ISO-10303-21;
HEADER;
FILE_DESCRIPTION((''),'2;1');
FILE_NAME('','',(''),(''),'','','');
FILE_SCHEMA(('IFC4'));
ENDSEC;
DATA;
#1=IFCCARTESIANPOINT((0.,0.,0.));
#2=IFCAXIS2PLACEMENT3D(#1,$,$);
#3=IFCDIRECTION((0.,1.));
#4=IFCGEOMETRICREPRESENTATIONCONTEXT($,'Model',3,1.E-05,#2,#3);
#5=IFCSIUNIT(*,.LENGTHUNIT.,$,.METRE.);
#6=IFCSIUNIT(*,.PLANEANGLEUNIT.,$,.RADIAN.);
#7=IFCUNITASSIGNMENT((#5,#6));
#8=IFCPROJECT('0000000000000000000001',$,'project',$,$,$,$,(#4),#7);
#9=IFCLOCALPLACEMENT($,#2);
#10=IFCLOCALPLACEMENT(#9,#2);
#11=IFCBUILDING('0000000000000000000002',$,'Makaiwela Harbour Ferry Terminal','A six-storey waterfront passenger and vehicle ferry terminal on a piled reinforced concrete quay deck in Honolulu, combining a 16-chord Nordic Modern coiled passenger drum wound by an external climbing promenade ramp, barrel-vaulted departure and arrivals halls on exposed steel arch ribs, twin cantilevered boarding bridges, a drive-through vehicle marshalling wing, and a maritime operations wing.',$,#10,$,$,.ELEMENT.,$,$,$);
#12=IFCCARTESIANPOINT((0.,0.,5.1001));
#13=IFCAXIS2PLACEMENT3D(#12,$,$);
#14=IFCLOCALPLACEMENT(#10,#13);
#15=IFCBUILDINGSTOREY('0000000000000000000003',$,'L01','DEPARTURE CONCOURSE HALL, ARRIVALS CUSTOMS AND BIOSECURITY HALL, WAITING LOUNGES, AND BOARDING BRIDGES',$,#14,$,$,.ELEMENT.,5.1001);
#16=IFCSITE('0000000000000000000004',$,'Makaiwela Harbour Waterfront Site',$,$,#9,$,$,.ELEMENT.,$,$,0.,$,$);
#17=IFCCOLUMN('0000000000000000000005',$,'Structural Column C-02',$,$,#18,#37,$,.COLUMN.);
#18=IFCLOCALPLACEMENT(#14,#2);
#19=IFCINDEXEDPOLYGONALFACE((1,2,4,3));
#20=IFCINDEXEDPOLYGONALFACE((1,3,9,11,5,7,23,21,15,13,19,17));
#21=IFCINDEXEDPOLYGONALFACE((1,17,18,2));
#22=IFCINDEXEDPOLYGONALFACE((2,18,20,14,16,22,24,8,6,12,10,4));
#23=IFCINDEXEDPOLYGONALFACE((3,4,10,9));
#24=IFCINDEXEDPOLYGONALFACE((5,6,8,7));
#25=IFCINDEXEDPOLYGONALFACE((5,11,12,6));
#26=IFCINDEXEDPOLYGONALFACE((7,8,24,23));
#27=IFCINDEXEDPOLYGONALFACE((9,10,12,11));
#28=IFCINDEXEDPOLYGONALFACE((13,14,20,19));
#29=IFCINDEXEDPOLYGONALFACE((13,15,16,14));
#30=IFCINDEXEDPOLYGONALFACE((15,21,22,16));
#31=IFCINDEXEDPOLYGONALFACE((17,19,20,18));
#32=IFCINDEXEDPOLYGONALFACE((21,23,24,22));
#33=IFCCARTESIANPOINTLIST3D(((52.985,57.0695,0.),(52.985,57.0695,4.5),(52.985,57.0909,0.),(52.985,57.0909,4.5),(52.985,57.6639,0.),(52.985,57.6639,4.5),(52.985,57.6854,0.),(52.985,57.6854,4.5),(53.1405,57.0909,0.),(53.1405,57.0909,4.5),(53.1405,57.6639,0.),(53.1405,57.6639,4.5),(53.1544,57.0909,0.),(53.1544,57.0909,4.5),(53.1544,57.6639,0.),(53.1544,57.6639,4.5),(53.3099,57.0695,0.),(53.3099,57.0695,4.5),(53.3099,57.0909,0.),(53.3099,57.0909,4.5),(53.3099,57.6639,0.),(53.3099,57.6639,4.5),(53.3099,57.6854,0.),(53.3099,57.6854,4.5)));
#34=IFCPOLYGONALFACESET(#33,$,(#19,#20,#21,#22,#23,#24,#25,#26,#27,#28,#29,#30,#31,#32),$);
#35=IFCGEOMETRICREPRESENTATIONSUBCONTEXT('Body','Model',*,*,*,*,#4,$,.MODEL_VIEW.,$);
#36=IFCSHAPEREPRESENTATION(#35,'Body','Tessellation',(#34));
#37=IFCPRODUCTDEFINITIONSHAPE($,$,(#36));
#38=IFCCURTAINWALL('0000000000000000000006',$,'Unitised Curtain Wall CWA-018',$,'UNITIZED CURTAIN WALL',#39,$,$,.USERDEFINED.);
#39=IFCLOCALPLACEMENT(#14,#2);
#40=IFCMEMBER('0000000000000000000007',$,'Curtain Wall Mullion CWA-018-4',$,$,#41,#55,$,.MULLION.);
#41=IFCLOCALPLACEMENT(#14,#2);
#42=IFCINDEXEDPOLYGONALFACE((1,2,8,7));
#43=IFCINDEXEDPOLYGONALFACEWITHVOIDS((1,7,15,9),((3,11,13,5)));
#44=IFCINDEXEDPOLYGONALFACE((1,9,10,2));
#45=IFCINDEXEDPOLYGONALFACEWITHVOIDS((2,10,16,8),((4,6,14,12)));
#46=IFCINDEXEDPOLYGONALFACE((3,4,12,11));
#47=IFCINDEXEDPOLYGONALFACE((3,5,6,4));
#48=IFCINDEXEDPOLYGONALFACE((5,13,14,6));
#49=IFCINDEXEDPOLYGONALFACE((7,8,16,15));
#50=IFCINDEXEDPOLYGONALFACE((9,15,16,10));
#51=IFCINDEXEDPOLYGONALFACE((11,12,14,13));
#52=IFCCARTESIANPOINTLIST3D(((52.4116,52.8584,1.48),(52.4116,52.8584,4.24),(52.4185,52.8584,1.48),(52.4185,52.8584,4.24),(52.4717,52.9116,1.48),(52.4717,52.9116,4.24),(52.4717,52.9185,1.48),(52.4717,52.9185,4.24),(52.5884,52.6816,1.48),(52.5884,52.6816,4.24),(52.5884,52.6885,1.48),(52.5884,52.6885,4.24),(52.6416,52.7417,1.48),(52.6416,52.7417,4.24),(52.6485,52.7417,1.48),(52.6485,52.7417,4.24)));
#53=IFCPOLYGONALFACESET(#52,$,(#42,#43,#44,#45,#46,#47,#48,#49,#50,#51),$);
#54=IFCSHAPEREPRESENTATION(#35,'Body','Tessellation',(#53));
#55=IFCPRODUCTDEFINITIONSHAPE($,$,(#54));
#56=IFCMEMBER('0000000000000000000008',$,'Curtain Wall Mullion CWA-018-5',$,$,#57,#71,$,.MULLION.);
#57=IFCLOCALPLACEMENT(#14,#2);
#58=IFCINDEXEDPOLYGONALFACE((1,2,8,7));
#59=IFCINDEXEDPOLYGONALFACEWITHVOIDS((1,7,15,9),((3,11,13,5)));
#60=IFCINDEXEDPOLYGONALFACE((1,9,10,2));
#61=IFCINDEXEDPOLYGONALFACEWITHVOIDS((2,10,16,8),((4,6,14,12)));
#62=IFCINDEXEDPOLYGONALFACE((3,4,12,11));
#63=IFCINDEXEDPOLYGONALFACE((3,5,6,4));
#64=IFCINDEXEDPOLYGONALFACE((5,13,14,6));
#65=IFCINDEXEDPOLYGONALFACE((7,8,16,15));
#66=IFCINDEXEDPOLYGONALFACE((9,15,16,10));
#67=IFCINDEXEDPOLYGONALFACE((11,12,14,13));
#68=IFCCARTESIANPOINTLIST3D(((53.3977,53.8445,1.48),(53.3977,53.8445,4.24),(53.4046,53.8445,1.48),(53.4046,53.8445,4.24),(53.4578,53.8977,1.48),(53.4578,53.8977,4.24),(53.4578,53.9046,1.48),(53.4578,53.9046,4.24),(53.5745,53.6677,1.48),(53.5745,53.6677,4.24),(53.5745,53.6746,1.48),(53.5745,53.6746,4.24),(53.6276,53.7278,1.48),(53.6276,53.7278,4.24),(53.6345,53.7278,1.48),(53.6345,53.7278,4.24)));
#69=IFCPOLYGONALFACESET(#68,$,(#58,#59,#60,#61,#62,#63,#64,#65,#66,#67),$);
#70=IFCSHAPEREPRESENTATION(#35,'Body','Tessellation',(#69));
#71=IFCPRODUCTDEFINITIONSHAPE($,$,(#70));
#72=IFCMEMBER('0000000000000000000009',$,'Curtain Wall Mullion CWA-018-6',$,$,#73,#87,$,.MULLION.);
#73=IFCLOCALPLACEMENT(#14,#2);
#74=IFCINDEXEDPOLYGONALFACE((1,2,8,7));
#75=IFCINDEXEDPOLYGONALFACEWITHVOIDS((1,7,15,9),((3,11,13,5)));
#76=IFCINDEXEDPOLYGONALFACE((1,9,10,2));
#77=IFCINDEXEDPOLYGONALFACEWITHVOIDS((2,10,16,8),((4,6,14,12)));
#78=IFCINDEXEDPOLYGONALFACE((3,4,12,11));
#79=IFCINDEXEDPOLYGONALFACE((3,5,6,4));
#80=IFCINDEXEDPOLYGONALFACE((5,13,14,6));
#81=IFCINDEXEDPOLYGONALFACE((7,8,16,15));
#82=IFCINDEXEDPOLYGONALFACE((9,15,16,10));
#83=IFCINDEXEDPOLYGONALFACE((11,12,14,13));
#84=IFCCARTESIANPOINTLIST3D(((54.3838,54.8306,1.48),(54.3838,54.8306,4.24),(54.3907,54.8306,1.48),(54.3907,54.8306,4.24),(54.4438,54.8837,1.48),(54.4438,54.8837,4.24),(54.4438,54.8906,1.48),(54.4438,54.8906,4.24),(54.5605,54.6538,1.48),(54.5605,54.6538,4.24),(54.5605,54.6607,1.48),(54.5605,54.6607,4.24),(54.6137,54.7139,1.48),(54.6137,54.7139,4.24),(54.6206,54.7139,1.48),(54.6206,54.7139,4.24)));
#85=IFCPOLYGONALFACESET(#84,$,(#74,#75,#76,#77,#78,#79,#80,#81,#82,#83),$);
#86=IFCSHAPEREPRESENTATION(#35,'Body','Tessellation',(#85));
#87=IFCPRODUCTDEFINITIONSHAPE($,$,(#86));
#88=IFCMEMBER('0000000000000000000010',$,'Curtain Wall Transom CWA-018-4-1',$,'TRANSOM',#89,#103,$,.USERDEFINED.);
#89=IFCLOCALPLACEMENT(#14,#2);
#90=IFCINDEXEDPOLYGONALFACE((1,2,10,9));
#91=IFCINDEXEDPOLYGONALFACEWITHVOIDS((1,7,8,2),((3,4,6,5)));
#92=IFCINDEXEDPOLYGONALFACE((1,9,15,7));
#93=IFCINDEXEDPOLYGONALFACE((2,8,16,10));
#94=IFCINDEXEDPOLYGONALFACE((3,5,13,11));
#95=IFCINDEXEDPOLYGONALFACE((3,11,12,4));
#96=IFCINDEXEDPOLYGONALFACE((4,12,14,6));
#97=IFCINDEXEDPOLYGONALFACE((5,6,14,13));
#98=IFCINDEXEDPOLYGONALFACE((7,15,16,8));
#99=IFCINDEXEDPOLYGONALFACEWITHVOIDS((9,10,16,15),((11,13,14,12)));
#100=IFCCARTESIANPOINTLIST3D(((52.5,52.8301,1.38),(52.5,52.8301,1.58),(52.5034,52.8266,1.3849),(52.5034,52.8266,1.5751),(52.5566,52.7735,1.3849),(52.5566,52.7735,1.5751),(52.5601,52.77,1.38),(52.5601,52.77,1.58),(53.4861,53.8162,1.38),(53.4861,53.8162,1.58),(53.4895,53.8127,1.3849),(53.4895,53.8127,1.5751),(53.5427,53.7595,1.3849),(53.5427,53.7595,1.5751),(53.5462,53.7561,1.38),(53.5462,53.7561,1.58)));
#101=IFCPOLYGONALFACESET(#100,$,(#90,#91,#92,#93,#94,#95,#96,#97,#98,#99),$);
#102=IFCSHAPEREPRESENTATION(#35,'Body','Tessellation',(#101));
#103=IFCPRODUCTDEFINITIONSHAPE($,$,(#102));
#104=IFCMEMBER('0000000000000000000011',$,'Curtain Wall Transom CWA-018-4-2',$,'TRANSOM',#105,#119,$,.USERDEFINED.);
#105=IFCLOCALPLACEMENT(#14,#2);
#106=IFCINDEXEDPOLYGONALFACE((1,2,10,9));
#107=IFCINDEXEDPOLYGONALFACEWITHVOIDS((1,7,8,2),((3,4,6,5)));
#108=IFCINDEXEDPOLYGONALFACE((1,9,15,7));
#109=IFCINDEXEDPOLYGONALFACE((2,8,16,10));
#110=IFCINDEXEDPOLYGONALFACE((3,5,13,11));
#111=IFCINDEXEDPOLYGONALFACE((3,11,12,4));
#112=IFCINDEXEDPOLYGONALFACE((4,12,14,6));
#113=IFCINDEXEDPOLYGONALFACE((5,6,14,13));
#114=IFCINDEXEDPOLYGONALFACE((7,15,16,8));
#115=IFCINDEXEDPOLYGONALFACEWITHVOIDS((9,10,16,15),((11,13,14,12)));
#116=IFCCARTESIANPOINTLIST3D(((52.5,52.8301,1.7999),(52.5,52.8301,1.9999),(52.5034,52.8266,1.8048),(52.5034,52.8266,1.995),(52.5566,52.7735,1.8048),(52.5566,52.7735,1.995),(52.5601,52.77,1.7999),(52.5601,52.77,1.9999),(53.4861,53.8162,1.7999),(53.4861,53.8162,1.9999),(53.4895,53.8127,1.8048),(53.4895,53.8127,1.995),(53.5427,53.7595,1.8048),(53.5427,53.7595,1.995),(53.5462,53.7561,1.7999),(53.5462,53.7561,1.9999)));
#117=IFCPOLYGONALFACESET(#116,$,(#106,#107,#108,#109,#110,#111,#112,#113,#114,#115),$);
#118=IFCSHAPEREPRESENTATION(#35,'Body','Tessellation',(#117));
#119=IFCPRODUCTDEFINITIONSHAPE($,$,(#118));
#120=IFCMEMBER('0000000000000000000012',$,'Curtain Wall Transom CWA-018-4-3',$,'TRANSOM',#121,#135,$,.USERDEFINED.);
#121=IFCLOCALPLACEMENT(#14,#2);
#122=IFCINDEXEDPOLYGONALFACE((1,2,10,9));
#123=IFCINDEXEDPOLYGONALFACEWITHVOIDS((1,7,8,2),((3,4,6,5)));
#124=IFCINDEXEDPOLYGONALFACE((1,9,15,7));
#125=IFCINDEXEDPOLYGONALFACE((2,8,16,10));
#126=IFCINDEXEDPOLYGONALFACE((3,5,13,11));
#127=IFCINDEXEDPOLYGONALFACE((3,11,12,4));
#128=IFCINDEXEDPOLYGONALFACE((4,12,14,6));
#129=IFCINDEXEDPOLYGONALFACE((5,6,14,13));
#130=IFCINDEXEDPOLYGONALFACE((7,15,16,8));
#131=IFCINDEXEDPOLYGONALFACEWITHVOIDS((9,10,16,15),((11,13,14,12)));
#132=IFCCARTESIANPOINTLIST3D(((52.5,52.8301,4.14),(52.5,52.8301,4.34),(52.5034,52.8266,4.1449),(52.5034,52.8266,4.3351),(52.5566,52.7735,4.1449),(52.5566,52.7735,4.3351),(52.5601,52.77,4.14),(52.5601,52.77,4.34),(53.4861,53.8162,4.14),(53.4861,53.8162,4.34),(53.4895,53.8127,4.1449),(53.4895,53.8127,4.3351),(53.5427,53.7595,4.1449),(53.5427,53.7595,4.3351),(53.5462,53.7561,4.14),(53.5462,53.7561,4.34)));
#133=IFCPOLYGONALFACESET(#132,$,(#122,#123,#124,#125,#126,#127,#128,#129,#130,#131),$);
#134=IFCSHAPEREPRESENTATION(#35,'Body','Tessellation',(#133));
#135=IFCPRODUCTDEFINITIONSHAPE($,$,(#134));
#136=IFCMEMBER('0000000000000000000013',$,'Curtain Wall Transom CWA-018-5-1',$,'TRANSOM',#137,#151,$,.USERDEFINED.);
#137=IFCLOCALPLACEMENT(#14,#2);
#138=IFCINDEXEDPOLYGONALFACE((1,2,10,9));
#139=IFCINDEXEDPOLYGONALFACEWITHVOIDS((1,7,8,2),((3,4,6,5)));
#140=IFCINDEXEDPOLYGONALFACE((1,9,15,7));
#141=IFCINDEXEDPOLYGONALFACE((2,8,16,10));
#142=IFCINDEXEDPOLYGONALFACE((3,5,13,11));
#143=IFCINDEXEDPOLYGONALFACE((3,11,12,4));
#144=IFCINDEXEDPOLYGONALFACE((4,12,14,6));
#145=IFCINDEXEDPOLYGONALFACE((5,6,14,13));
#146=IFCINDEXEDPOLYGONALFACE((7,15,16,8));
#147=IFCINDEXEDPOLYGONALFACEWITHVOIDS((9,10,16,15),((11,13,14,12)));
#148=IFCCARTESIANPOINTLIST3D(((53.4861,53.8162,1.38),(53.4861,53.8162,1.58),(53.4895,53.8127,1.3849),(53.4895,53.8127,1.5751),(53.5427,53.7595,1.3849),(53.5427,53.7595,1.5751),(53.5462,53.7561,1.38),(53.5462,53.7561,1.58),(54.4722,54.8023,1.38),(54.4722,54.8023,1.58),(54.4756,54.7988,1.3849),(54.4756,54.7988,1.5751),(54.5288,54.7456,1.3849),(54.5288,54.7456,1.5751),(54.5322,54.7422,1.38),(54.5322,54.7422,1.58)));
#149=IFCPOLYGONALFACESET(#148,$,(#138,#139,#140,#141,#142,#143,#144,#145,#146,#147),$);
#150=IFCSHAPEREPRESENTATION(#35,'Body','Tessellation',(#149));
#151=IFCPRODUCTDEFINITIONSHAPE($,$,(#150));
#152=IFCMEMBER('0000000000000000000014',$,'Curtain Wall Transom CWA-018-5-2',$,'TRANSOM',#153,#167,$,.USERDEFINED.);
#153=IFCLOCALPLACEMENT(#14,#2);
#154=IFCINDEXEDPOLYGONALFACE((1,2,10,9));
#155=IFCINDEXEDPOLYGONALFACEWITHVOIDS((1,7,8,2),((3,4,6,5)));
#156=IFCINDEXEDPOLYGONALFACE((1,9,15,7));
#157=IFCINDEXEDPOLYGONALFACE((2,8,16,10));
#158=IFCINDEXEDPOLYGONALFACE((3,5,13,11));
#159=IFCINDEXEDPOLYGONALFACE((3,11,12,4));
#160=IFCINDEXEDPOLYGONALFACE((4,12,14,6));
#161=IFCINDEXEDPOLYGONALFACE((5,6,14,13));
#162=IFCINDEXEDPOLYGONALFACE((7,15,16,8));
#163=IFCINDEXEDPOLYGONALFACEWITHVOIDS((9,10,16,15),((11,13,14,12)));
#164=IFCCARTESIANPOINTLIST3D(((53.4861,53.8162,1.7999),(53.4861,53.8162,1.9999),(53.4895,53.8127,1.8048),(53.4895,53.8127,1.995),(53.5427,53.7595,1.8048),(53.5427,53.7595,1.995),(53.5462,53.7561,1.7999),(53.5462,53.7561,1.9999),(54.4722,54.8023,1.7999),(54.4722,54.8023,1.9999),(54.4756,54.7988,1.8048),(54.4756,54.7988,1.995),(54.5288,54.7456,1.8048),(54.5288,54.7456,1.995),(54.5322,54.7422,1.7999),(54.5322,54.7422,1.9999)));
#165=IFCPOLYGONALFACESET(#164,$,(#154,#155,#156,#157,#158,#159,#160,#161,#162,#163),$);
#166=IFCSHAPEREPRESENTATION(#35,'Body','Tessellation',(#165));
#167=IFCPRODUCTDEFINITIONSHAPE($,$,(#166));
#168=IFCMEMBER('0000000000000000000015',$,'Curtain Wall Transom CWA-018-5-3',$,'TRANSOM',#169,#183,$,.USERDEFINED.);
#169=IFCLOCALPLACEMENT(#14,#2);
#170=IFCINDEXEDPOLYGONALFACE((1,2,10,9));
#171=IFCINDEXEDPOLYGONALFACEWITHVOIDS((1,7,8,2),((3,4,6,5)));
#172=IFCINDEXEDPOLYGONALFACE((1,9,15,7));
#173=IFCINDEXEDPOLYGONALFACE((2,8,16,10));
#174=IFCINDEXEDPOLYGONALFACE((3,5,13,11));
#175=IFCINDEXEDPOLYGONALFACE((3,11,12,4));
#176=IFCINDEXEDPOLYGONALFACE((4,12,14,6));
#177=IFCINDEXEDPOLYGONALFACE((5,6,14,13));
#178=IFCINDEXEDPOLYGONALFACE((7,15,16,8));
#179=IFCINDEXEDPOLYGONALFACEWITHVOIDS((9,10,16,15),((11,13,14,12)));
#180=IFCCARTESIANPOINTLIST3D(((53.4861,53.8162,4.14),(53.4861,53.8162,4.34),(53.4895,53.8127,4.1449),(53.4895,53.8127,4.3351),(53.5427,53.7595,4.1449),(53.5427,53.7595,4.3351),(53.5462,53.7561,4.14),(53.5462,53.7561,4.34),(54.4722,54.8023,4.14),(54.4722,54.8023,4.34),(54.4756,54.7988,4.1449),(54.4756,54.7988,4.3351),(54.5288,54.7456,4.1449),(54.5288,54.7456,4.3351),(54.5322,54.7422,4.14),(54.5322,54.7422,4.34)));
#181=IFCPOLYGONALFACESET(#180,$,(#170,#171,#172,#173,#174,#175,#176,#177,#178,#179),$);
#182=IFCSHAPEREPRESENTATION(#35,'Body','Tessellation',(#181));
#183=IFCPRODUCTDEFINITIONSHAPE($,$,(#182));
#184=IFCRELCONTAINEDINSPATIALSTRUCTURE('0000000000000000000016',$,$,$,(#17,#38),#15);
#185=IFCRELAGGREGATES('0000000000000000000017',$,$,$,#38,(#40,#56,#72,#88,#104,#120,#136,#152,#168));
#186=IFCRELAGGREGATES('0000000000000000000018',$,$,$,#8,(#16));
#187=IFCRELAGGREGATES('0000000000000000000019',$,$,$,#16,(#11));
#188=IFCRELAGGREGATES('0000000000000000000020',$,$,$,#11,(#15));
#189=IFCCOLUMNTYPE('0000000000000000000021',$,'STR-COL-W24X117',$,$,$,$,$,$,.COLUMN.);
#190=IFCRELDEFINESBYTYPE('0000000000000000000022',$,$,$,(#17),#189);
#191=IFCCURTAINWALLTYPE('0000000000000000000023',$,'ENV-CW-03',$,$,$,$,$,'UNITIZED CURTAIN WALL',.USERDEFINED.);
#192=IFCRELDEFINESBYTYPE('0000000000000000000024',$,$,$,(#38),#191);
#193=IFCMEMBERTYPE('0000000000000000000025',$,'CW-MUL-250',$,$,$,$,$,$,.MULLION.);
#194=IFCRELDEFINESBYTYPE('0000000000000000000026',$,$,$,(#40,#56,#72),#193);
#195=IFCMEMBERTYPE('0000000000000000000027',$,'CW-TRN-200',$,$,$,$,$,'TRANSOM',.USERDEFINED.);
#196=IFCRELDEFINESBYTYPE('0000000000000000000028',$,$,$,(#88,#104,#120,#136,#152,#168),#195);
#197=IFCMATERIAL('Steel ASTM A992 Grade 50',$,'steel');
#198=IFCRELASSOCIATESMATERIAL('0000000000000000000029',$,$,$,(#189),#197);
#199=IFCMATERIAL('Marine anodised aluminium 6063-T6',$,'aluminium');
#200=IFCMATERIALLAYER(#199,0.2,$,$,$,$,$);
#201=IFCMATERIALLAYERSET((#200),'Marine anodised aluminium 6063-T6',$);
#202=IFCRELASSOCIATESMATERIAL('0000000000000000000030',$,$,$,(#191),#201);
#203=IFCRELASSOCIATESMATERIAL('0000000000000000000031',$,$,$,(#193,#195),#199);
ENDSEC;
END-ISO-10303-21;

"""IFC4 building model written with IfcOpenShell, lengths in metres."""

from ifc_helpers import new_model, si_unit, direction, frame, origin, origin_2d, place, context, subcontext, project, spatial, hollow_rectangle, i_section, extrude, material, layer, layer_set, material_profile, profile_set, type_object, element, aggregate, save


model = new_model("IFC4")

# Units and contexts
model_context = context("Model", 3, precision=1e-05, world=origin(), true_north=direction((0.0, 1.0)))
body_context = subcontext(model_context, "Body", "Model", "MODEL_VIEW")
ifc_project = project(units=[si_unit("LENGTHUNIT", "METRE"), si_unit("PLANEANGLEUNIT", "RADIAN")], contexts=[model_context])

# Site, building, storey
site_placement = place(None, origin())
site = spatial("IfcSite", under=ifc_project, at=site_placement, Name="Makaiwela Harbour Waterfront Site", CompositionType="ELEMENT", RefElevation=0.0)
building_placement = place(site_placement, origin())
building = spatial("IfcBuilding", under=site, at=building_placement, Name="Makaiwela Harbour Ferry Terminal", Description="A six-storey waterfront passenger and vehicle ferry terminal on a piled reinforced concrete quay deck in Honolulu, combining a 16-chord Nordic Modern coiled passenger drum wound by an external climbing promenade ramp, barrel-vaulted departure and arrivals halls on exposed steel arch ribs, twin cantilevered boarding bridges, a drive-through vehicle marshalling wing, and a maritime operations wing.", CompositionType="ELEMENT")
storey_placement = place(building_placement, frame((0.0, 0.0, 5.1001)))
storey = spatial("IfcBuildingStorey", under=building, at=storey_placement, Name="L01", Description="DEPARTURE CONCOURSE HALL, ARRIVALS CUSTOMS AND BIOSECURITY HALL, WAITING LOUNGES, AND BOARDING BRIDGES", CompositionType="ELEMENT", Elevation=5.1001)

# Column
ifc_material_1 = material(Name="Steel ASTM A992 Grade 50", Category="steel")
ifc_material_profile_1 = material_profile(ifc_material_1, i_section(OverallWidth=0.325, OverallDepth=0.616, WebThickness=0.0139, FlangeThickness=0.0215, at=origin_2d()), Name="W24X117")
ifc_profile_set_1 = profile_set([ifc_material_profile_1], Name="Steel ASTM A992 Grade 50")
column_type = type_object("IfcColumnType", Name="STR-COL-W24X117", PredefinedType="COLUMN", material=ifc_profile_set_1)
column_placement = place(storey_placement, frame((53.1475, 57.3774, 0.0), z_axis=(0.0, 0.0, 1.0), x_axis=(1.0, 0.0, 0.0)))
element("IfcColumn", 1, at=column_placement, inside=storey, type_object=column_type, Name="Structural Column C-02", PredefinedType="COLUMN", context=body_context, shape_type="SweptSolid", body=[
    extrude(i_section(OverallWidth=0.325, OverallDepth=0.616, WebThickness=0.0139, FlangeThickness=0.0215, at=origin_2d()), origin(), (0.0, 0.0, 1.0), 4.5),
])

# Curtain wall, members
ifc_material_2 = material(Name="Marine anodised aluminium 6063-T6", Category="aluminium")
ifc_layer_1 = layer(ifc_material_2, 0.2)
ifc_layer_set_1 = layer_set([ifc_layer_1], Name="Marine anodised aluminium 6063-T6")
curtain_wall_type = type_object("IfcCurtainWallType", Name="ENV-CW-03", ElementType="UNITIZED CURTAIN WALL", PredefinedType="USERDEFINED", material=ifc_layer_set_1)
curtain_wall_placement = place(storey_placement, origin())
curtain_wall = element("IfcCurtainWall", 2, at=curtain_wall_placement, inside=storey, type_object=curtain_wall_type, Name="Unitised Curtain Wall CWA-018", ObjectType="UNITIZED CURTAIN WALL", PredefinedType="USERDEFINED")
ifc_material_profile_2 = material_profile(ifc_material_2, hollow_rectangle(XDim=0.085, YDim=0.25, WallThickness=0.0049, at=origin_2d()), Name="CWM-250X85")
ifc_profile_set_2 = profile_set([ifc_material_profile_2], Name="Marine anodised aluminium 6063-T6")
member_type_1 = type_object("IfcMemberType", Name="CW-MUL-250", PredefinedType="MULLION", material=ifc_profile_set_2)
member_1_placement = place(storey_placement, frame((52.53, 52.8, 1.48), z_axis=(0.0, 0.0, 1.0), x_axis=(0.707107, 0.707107, 0.0)))
member_1 = element("IfcMember", 3, at=member_1_placement, type_object=member_type_1, Name="Curtain Wall Mullion CWA-018-4", PredefinedType="MULLION", context=body_context, shape_type="SweptSolid", body=[
    extrude(hollow_rectangle(XDim=0.085, YDim=0.25, WallThickness=0.0049, at=origin_2d()), origin(), (0.0, 0.0, 1.0), 2.76),
])
member_2_placement = place(storey_placement, frame((53.5161, 53.7861, 1.48), z_axis=(0.0, 0.0, 1.0), x_axis=(0.707107, 0.707107, 0.0)))
member_2 = element("IfcMember", 4, at=member_2_placement, type_object=member_type_1, Name="Curtain Wall Mullion CWA-018-5", PredefinedType="MULLION", context=body_context, shape_type="SweptSolid", body=[
    extrude(hollow_rectangle(XDim=0.085, YDim=0.25, WallThickness=0.0049, at=origin_2d()), origin(), (0.0, 0.0, 1.0), 2.76),
])
member_3_placement = place(storey_placement, frame((54.5022, 54.7722, 1.48), z_axis=(0.0, 0.0, 1.0), x_axis=(0.707107, 0.707107, 0.0)))
member_3 = element("IfcMember", 5, at=member_3_placement, type_object=member_type_1, Name="Curtain Wall Mullion CWA-018-6", PredefinedType="MULLION", context=body_context, shape_type="SweptSolid", body=[
    extrude(hollow_rectangle(XDim=0.085, YDim=0.25, WallThickness=0.0049, at=origin_2d()), origin(), (0.0, 0.0, 1.0), 2.76),
])
ifc_material_profile_3 = material_profile(ifc_material_2, hollow_rectangle(XDim=0.085, YDim=0.2, WallThickness=0.0049, at=origin_2d()), Name="CWT-200X85")
ifc_profile_set_3 = profile_set([ifc_material_profile_3], Name="Marine anodised aluminium 6063-T6")
member_type_2 = type_object("IfcMemberType", Name="CW-TRN-200", ElementType="TRANSOM", PredefinedType="USERDEFINED", material=ifc_profile_set_3)
member_4_placement = place(storey_placement, frame((52.53, 52.8, 1.48), z_axis=(0.707107, 0.707107, 0.0), x_axis=(-0.707107, 0.707107, 0.0)))
member_4 = element("IfcMember", 6, at=member_4_placement, type_object=member_type_2, Name="Curtain Wall Transom CWA-018-4-1", ObjectType="TRANSOM", PredefinedType="USERDEFINED", context=body_context, shape_type="SweptSolid", body=[
    extrude(hollow_rectangle(XDim=0.085, YDim=0.2, WallThickness=0.0049, at=origin_2d()), origin(), (0.0, 0.0, 1.0), 1.3945),
])
member_5_placement = place(storey_placement, frame((52.53, 52.8, 1.8999), z_axis=(0.707107, 0.707107, 0.0), x_axis=(-0.707107, 0.707107, 0.0)))
member_5 = element("IfcMember", 7, at=member_5_placement, type_object=member_type_2, Name="Curtain Wall Transom CWA-018-4-2", ObjectType="TRANSOM", PredefinedType="USERDEFINED", context=body_context, shape_type="SweptSolid", body=[
    extrude(hollow_rectangle(XDim=0.085, YDim=0.2, WallThickness=0.0049, at=origin_2d()), origin(), (0.0, 0.0, 1.0), 1.3945),
])
member_6_placement = place(storey_placement, frame((52.53, 52.8, 4.24), z_axis=(0.707107, 0.707107, 0.0), x_axis=(-0.707107, 0.707107, 0.0)))
member_6 = element("IfcMember", 8, at=member_6_placement, type_object=member_type_2, Name="Curtain Wall Transom CWA-018-4-3", ObjectType="TRANSOM", PredefinedType="USERDEFINED", context=body_context, shape_type="SweptSolid", body=[
    extrude(hollow_rectangle(XDim=0.085, YDim=0.2, WallThickness=0.0049, at=origin_2d()), origin(), (0.0, 0.0, 1.0), 1.3945),
])
member_7_placement = place(storey_placement, frame((53.5161, 53.7861, 1.48), z_axis=(0.707107, 0.707107, 0.0), x_axis=(-0.707107, 0.707107, 0.0)))
member_7 = element("IfcMember", 9, at=member_7_placement, type_object=member_type_2, Name="Curtain Wall Transom CWA-018-5-1", ObjectType="TRANSOM", PredefinedType="USERDEFINED", context=body_context, shape_type="SweptSolid", body=[
    extrude(hollow_rectangle(XDim=0.085, YDim=0.2, WallThickness=0.0049, at=origin_2d()), origin(), (0.0, 0.0, 1.0), 1.3945),
])
member_8_placement = place(storey_placement, frame((53.5161, 53.7861, 1.8999), z_axis=(0.707107, 0.707107, 0.0), x_axis=(-0.707107, 0.707107, 0.0)))
member_8 = element("IfcMember", 10, at=member_8_placement, type_object=member_type_2, Name="Curtain Wall Transom CWA-018-5-2", ObjectType="TRANSOM", PredefinedType="USERDEFINED", context=body_context, shape_type="SweptSolid", body=[
    extrude(hollow_rectangle(XDim=0.085, YDim=0.2, WallThickness=0.0049, at=origin_2d()), origin(), (0.0, 0.0, 1.0), 1.3945),
])
member_9_placement = place(storey_placement, frame((53.5161, 53.7861, 4.24), z_axis=(0.707107, 0.707107, 0.0), x_axis=(-0.707107, 0.707107, 0.0)))
member_9 = element("IfcMember", 11, at=member_9_placement, type_object=member_type_2, Name="Curtain Wall Transom CWA-018-5-3", ObjectType="TRANSOM", PredefinedType="USERDEFINED", context=body_context, shape_type="SweptSolid", body=[
    extrude(hollow_rectangle(XDim=0.085, YDim=0.2, WallThickness=0.0049, at=origin_2d()), origin(), (0.0, 0.0, 1.0), 1.3945),
])

aggregate(curtain_wall, [member_1, member_2, member_3, member_4, member_5, member_6, member_7, member_8, member_9])

save(model, "model.ifc")
